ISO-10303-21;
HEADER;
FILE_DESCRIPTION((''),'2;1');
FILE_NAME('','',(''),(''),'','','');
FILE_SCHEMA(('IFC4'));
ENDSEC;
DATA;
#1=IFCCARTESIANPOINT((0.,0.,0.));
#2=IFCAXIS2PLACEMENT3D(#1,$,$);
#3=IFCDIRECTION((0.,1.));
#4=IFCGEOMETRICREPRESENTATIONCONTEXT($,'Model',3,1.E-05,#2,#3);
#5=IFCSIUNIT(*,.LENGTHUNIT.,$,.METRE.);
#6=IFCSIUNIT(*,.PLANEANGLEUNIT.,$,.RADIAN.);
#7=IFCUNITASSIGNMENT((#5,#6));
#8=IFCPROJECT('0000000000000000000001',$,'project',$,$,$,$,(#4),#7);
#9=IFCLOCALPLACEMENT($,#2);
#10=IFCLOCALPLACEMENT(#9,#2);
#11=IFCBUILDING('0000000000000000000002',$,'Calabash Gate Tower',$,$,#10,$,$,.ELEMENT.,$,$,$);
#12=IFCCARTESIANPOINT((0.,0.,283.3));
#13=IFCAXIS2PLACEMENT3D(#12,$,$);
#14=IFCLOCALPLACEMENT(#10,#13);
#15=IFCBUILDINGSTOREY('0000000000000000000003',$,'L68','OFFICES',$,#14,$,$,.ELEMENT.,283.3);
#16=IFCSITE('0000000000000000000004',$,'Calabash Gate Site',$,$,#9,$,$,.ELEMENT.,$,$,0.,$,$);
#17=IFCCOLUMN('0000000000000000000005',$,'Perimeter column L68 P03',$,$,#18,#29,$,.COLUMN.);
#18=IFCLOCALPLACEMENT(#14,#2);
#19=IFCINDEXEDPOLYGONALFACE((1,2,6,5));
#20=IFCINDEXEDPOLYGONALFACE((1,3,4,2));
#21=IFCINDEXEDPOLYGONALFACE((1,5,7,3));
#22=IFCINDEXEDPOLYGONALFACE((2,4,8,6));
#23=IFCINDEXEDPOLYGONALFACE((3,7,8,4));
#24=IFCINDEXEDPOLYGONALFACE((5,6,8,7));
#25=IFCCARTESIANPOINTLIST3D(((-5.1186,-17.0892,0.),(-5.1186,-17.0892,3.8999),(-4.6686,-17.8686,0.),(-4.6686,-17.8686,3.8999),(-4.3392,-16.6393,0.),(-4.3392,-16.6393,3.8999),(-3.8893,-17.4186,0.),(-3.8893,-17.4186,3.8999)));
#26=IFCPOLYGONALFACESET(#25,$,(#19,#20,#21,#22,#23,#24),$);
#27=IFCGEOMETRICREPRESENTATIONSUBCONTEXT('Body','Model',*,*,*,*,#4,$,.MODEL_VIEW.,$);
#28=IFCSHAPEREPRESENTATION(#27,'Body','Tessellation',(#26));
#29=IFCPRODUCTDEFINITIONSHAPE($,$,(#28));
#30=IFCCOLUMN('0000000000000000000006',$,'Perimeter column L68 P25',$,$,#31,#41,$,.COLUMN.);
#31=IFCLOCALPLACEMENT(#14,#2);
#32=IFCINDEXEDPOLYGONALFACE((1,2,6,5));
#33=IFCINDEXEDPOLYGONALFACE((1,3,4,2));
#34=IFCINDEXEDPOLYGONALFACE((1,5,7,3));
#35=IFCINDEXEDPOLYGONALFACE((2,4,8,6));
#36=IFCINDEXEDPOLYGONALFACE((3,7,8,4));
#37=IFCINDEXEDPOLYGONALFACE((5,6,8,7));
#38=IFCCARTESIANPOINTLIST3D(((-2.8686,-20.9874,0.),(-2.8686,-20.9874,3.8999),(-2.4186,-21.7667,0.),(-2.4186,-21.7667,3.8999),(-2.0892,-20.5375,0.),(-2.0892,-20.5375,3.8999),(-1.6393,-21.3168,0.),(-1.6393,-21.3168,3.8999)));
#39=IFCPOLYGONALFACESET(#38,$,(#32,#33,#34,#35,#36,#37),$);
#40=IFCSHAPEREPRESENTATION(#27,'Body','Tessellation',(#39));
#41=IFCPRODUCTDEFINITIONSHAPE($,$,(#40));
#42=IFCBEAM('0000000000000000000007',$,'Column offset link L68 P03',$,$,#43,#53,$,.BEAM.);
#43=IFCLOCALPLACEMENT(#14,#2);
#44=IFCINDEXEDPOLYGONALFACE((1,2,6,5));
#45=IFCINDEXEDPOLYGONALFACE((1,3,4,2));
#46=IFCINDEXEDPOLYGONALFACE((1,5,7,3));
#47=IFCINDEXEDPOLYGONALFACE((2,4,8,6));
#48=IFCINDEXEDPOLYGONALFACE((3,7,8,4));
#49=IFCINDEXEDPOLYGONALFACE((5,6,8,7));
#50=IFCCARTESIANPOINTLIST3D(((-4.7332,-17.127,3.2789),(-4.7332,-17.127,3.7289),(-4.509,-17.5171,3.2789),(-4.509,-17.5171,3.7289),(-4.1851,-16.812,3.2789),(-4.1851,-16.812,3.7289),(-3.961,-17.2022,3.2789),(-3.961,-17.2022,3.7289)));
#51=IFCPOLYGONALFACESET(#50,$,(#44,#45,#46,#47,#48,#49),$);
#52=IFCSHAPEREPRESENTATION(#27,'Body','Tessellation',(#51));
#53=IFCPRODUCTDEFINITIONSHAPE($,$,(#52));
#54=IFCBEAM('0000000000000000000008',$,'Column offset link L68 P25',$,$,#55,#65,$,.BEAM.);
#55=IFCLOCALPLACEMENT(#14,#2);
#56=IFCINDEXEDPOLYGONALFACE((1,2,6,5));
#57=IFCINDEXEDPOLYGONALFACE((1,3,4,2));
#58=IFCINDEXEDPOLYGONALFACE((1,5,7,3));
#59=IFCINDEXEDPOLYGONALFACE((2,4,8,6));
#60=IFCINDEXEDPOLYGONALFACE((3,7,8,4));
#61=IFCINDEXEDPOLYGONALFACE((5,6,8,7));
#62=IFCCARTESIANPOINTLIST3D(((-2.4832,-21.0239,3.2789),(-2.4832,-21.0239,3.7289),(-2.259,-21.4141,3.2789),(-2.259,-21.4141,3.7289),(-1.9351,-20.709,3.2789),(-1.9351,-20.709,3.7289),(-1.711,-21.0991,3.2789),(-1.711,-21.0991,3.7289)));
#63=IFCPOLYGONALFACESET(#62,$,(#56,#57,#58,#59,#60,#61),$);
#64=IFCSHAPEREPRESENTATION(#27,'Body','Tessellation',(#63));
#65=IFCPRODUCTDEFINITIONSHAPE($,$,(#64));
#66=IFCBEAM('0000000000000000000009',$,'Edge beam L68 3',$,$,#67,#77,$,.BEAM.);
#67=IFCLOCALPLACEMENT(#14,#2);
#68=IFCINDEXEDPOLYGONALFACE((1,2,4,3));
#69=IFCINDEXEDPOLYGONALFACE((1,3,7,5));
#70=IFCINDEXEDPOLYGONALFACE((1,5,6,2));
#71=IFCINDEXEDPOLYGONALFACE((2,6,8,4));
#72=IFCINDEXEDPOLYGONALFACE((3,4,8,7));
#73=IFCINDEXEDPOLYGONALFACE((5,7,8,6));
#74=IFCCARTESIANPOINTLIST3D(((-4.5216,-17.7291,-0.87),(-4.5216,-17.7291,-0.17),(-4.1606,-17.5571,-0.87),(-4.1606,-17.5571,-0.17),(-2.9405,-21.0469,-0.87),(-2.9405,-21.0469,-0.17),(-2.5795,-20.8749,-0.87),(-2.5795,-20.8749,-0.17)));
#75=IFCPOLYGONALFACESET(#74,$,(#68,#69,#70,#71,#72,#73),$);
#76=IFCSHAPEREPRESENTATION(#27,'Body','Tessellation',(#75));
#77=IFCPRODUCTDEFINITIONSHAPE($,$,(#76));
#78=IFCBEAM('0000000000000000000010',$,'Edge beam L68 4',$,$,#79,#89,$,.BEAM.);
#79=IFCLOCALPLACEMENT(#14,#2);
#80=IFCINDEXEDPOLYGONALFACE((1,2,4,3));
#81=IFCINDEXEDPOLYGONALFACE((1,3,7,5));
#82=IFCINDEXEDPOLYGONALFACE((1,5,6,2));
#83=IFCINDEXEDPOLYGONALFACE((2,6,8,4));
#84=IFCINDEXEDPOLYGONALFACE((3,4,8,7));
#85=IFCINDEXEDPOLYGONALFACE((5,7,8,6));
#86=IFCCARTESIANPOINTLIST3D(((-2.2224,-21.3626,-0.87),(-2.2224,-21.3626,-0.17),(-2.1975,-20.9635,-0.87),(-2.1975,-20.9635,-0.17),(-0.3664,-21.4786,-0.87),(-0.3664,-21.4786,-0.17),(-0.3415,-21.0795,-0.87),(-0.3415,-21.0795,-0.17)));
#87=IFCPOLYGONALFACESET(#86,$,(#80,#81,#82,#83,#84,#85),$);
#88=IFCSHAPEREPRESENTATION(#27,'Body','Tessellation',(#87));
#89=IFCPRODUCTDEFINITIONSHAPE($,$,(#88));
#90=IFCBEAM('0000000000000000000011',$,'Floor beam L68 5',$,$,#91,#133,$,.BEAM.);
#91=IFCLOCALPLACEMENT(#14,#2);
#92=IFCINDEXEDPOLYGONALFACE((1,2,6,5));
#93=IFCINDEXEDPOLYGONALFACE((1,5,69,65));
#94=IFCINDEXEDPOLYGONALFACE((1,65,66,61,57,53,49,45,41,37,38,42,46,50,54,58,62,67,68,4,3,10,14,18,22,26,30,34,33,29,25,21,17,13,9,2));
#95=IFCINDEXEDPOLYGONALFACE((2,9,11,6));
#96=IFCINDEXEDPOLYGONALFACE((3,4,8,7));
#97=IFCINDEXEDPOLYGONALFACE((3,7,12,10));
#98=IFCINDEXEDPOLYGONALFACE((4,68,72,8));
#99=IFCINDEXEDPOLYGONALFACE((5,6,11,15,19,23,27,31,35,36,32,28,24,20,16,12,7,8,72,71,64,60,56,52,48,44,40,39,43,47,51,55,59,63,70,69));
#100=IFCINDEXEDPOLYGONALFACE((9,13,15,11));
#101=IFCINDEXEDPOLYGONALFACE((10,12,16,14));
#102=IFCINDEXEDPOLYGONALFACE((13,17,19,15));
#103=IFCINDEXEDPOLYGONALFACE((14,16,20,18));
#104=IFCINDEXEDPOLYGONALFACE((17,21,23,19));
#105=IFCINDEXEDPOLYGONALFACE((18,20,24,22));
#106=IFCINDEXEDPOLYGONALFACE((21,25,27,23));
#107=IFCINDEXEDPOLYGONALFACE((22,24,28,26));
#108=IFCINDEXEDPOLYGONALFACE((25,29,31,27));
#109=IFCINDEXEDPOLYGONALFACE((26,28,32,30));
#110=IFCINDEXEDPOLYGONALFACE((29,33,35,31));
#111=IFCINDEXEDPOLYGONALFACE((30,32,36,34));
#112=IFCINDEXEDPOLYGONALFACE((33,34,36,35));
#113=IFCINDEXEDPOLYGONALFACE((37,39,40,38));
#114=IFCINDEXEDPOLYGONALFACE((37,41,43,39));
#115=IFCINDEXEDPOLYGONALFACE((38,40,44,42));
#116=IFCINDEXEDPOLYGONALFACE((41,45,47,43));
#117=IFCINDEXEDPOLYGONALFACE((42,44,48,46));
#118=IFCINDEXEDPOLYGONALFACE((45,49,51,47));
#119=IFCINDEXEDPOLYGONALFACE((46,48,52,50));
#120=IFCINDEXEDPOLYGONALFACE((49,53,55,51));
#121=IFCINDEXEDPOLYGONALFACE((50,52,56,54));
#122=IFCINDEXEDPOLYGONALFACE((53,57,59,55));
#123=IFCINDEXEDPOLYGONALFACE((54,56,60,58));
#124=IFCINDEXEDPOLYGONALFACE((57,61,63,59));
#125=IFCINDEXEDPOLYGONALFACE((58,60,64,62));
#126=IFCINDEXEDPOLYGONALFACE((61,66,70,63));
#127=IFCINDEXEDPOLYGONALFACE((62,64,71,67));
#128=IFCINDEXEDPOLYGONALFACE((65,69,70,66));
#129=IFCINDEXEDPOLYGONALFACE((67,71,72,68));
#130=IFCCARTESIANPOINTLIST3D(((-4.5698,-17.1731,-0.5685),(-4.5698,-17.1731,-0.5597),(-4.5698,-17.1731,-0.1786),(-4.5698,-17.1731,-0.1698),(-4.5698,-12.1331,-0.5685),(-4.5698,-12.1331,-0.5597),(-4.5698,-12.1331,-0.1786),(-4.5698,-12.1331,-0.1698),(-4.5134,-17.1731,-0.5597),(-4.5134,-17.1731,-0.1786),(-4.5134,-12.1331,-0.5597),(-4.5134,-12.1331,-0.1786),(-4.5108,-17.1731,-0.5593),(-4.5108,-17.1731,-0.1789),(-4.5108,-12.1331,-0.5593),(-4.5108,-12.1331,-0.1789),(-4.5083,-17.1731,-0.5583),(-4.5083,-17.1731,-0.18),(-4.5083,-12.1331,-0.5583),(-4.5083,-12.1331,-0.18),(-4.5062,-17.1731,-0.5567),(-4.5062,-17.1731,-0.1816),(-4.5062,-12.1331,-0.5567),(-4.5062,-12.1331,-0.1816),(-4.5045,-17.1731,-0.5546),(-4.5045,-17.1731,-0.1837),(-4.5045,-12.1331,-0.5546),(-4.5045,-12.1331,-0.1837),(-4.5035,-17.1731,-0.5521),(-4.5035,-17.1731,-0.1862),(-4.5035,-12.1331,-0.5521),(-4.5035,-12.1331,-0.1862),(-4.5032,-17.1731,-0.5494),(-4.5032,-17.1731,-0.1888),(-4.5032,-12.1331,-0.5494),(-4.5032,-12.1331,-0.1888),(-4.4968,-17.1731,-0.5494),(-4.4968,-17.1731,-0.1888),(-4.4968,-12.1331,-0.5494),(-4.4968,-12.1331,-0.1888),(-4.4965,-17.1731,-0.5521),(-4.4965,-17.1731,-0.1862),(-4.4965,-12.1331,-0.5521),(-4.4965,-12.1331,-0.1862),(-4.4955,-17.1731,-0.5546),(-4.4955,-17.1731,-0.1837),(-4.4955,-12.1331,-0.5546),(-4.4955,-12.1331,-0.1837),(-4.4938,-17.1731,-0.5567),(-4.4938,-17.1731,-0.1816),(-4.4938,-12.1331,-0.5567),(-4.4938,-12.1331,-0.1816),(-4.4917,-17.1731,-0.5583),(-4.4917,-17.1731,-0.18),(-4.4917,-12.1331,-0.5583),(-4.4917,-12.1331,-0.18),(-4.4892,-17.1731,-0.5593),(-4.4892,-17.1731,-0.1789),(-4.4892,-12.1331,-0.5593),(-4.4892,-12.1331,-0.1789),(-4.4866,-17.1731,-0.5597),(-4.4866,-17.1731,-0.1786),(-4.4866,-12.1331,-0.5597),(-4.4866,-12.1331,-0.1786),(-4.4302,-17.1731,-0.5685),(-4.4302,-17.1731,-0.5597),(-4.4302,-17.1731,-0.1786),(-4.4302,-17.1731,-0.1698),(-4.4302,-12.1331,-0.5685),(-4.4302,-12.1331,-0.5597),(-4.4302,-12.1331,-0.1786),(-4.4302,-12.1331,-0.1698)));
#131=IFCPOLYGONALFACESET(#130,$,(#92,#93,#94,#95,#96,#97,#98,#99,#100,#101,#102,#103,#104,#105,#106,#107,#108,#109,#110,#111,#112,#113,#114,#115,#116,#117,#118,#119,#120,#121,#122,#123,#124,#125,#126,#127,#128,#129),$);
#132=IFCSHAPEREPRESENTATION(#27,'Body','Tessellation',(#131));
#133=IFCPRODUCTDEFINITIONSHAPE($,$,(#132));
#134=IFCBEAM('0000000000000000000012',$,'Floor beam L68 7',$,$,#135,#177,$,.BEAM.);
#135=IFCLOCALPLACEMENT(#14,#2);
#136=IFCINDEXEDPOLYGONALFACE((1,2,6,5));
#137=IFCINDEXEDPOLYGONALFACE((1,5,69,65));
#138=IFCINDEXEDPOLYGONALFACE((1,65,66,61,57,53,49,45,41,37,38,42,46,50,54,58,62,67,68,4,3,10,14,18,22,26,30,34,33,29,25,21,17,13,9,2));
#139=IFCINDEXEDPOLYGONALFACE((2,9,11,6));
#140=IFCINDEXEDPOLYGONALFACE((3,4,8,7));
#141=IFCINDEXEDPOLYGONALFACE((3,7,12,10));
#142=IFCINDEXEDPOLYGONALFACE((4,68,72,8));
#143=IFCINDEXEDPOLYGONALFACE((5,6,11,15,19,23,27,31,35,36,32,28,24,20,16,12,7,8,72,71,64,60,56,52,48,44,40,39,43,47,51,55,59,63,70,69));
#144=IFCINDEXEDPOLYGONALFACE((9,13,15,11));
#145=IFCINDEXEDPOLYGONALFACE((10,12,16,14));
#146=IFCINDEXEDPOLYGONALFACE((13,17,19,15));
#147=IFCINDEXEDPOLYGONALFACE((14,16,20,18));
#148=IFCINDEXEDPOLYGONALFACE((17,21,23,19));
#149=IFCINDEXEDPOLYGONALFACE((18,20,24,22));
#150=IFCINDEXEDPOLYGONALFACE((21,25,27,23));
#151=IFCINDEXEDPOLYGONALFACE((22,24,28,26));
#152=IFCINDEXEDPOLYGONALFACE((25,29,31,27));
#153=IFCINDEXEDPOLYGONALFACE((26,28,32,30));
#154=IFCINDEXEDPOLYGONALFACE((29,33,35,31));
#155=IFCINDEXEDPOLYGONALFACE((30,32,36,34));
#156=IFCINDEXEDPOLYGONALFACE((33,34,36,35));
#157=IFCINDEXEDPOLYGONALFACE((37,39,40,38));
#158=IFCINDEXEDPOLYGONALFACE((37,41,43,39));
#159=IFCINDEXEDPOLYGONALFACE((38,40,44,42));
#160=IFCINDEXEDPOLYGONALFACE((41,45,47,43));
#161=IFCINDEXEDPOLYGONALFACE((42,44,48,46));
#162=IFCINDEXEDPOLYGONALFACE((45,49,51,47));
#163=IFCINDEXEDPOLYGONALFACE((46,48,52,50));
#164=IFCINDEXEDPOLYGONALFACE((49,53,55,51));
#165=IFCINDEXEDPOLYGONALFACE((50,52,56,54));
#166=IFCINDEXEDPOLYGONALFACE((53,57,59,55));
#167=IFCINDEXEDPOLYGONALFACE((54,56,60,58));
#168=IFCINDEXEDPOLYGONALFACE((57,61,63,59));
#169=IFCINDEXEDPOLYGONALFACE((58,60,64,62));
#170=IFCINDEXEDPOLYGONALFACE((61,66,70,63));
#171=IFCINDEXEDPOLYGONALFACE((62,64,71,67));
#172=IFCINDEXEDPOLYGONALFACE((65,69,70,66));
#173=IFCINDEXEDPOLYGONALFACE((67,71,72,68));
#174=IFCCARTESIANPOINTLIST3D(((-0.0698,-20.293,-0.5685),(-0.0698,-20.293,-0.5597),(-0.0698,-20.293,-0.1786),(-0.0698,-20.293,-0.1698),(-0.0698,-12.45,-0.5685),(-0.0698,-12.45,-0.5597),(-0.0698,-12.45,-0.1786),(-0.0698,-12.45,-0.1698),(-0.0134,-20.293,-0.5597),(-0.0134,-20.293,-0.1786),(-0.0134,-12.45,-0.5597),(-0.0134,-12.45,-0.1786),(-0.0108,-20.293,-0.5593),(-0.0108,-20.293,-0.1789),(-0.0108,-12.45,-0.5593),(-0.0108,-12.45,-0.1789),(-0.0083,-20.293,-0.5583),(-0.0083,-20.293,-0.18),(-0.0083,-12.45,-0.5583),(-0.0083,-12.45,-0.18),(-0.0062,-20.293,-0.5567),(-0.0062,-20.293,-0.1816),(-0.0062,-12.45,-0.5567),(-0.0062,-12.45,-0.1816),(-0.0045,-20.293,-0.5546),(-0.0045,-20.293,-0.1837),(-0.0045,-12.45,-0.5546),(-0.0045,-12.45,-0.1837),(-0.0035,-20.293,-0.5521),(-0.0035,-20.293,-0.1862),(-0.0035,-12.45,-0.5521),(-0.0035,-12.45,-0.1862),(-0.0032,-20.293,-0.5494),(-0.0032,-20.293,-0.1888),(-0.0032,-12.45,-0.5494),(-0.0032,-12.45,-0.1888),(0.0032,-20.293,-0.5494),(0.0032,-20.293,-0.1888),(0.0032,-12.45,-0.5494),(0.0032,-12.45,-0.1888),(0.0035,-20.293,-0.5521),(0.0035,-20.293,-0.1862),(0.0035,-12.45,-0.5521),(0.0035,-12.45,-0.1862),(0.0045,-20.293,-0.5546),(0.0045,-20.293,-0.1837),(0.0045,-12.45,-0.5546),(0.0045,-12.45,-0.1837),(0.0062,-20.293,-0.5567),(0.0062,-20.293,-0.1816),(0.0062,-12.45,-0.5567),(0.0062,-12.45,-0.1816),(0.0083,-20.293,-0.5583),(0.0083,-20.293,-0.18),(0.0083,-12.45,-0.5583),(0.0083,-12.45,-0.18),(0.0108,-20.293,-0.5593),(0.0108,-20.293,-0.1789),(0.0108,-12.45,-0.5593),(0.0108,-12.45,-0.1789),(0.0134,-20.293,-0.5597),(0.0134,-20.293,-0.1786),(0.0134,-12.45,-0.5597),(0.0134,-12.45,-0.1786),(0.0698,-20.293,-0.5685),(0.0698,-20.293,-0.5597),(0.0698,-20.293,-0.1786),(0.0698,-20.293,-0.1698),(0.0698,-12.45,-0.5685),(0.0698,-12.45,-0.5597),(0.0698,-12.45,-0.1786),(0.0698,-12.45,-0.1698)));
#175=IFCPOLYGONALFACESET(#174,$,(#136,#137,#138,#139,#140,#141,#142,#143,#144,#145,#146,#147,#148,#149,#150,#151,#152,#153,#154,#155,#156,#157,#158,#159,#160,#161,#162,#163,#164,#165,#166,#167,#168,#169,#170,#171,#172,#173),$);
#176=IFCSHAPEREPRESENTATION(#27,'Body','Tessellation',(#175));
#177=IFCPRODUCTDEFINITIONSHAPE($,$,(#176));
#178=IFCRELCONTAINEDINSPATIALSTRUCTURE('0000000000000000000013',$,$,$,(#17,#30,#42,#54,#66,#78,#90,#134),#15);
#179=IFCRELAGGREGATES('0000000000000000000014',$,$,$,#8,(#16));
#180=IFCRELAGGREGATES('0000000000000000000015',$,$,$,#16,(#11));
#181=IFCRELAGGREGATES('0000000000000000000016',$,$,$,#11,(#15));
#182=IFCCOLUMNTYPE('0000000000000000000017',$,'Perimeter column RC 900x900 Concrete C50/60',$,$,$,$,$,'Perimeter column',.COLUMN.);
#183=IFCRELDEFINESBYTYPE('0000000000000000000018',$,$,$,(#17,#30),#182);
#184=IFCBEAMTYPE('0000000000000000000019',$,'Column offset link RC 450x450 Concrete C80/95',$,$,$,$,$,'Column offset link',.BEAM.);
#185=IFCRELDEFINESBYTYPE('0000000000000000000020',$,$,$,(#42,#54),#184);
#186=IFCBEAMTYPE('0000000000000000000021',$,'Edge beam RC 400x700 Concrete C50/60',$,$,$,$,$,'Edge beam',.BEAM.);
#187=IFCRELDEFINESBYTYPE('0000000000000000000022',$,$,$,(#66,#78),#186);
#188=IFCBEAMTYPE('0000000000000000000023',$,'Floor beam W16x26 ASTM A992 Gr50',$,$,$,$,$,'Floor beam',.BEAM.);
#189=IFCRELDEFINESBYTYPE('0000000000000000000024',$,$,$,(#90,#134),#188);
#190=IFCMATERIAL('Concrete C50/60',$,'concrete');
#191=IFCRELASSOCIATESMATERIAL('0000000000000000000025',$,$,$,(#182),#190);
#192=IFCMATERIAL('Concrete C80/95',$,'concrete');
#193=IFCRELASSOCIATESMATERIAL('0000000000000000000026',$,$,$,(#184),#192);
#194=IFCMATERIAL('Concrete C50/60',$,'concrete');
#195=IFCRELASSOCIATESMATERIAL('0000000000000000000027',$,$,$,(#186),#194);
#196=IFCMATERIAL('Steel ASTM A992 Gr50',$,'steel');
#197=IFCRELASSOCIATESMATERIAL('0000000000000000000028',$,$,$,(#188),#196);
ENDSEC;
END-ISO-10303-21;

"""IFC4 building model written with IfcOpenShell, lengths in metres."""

from ifc_helpers import new_model, si_unit, direction, frame, origin, origin_2d, place, context, subcontext, project, spatial, rectangle, i_section, extrude, material, material_profile, profile_set, type_object, element, save


model = new_model("IFC4")

# Units and contexts
model_context = context("Model", 3, precision=1e-05, world=origin(), true_north=direction((0.0, 1.0)))
body_context = subcontext(model_context, "Body", "Model", "MODEL_VIEW")
ifc_project = project(units=[si_unit("LENGTHUNIT", "METRE"), si_unit("PLANEANGLEUNIT", "RADIAN")], contexts=[model_context])

# Site, building, storey
site_placement = place(None, origin())
site = spatial("IfcSite", under=ifc_project, at=site_placement, Name="Calabash Gate Site", CompositionType="ELEMENT", RefElevation=0.0)
building_placement = place(site_placement, origin())
building = spatial("IfcBuilding", under=site, at=building_placement, Name="Calabash Gate Tower", CompositionType="ELEMENT")
storey_placement = place(building_placement, frame((0.0, 0.0, 283.3)))
storey = spatial("IfcBuildingStorey", under=building, at=storey_placement, Name="L68", Description="OFFICES", CompositionType="ELEMENT", Elevation=283.3)

# Columns
ifc_material_1 = material(Name="Concrete C50/60", Category="concrete")
ifc_material_profile_1 = material_profile(ifc_material_1, rectangle(XDim=0.8999, YDim=0.8999, at=origin_2d()))
ifc_profile_set_1 = profile_set([ifc_material_profile_1], Name="Concrete C50/60")
column_type = type_object("IfcColumnType", Name="Perimeter column RC 900x900 Concrete C50/60", ElementType="Perimeter column", PredefinedType="COLUMN", material=ifc_profile_set_1)
for number, where, z_axis, x_axis, name in (
    (1, (-4.5039, -17.2539, 0.0), (0.0, 0.0, 1.0), (0.5, -0.866025, 0.0), "Perimeter column L68 P03"),
    (2, (-2.2539, -21.1521, 0.0), (0.0, 0.0, 1.0), (0.5, -0.866025, 0.0), "Perimeter column L68 P25"),
):
    element("IfcColumn", number, at=place(storey_placement, frame(where, z_axis=z_axis, x_axis=x_axis)), inside=storey, type_object=column_type, Name=name, PredefinedType="COLUMN", context=body_context, shape_type="SweptSolid", body=[
        extrude(rectangle(XDim=0.8999, YDim=0.8999, at=origin_2d()), origin(), (0.0, 0.0, 1.0), 3.8999),
    ])

# Beams
ifc_material_2 = material(Name="Concrete C80/95", Category="concrete")
ifc_material_profile_2 = material_profile(ifc_material_2, rectangle(XDim=0.45, YDim=0.45, at=origin_2d()))
ifc_profile_set_2 = profile_set([ifc_material_profile_2], Name="Concrete C80/95")
beam_type_1 = type_object("IfcBeamType", Name="Column offset link RC 450x450 Concrete C80/95", ElementType="Column offset link", PredefinedType="BEAM", material=ifc_profile_set_2)
for number, where, z_axis, x_axis, name in (
    (3, (-4.6211, -17.322, 3.5039), (0.867052, 0.498217, 0.0), (-0.498217, 0.867052, 0.0), "Column offset link L68 P03"),
    (4, (-2.3711, -21.219, 3.5039), (0.867052, 0.498217, 0.0), (-0.498217, 0.867052, 0.0), "Column offset link L68 P25"),
):
    element("IfcBeam", number, at=place(storey_placement, frame(where, z_axis=z_axis, x_axis=x_axis)), inside=storey, type_object=beam_type_1, Name=name, PredefinedType="BEAM", context=body_context, shape_type="SweptSolid", body=[
        extrude(rectangle(XDim=0.45, YDim=0.45, at=origin_2d()), origin(), (0.0, 0.0, 1.0), 0.6321),
    ])
ifc_material_3 = material(Name="Concrete C50/60", Category="concrete")
ifc_material_profile_3 = material_profile(ifc_material_3, rectangle(XDim=0.3999, YDim=0.7, at=origin_2d()))
ifc_profile_set_3 = profile_set([ifc_material_profile_3], Name="Concrete C50/60")
beam_type_2 = type_object("IfcBeamType", Name="Edge beam RC 400x700 Concrete C50/60", ElementType="Edge beam", PredefinedType="BEAM", material=ifc_profile_set_3)
beam_1_placement = place(storey_placement, frame((-4.3411, -17.6431, -0.52), z_axis=(0.430181, -0.902743, 0.0), x_axis=(0.902743, 0.430181, 0.0)))
element("IfcBeam", 5, at=beam_1_placement, inside=storey, type_object=beam_type_2, Name="Edge beam L68 3", PredefinedType="BEAM", context=body_context, shape_type="SweptSolid", body=[
    extrude(rectangle(XDim=0.3999, YDim=0.7, at=origin_2d()), origin(), (0.0, 0.0, 1.0), 3.6753),
])
beam_2_placement = place(storey_placement, frame((-2.21, -21.1631, -0.52), z_axis=(0.998054, -0.062362, 0.0), x_axis=(0.062362, 0.998054, 0.0)))
element("IfcBeam", 6, at=beam_2_placement, inside=storey, type_object=beam_type_2, Name="Edge beam L68 4", PredefinedType="BEAM", context=body_context, shape_type="SweptSolid", body=[
    extrude(rectangle(XDim=0.3999, YDim=0.7, at=origin_2d()), origin(), (0.0, 0.0, 1.0), 1.8596),
])
ifc_material_4 = material(Name="Steel ASTM A992 Gr50", Category="steel")
ifc_material_profile_4 = material_profile(ifc_material_4, i_section(OverallWidth=0.1396, OverallDepth=0.3987, WebThickness=0.0063, FlangeThickness=0.0088, FilletRadius=0.0103, at=origin_2d()))
ifc_profile_set_4 = profile_set([ifc_material_profile_4], Name="Steel ASTM A992 Gr50")
beam_type_3 = type_object("IfcBeamType", Name="Floor beam W16x26 ASTM A992 Gr50", ElementType="Floor beam", PredefinedType="BEAM", material=ifc_profile_set_4)
beam_3_placement = place(storey_placement, frame((-4.5, -17.1731, -0.3691), z_axis=(0.0, 1.0, 0.0), x_axis=(-1.0, 0.0, 0.0)))
element("IfcBeam", 7, at=beam_3_placement, inside=storey, type_object=beam_type_3, Name="Floor beam L68 5", PredefinedType="BEAM", context=body_context, shape_type="SweptSolid", body=[
    extrude(i_section(OverallWidth=0.1396, OverallDepth=0.3987, WebThickness=0.0063, FlangeThickness=0.0088, FilletRadius=0.0103, at=origin_2d()), origin(), (0.0, 0.0, 1.0), 5.04),
])
beam_4_placement = place(storey_placement, frame((0.0, -20.293, -0.3691), z_axis=(0.0, 1.0, 0.0), x_axis=(-1.0, 0.0, 0.0)))
element("IfcBeam", 8, at=beam_4_placement, inside=storey, type_object=beam_type_3, Name="Floor beam L68 7", PredefinedType="BEAM", context=body_context, shape_type="SweptSolid", body=[
    extrude(i_section(OverallWidth=0.1396, OverallDepth=0.3987, WebThickness=0.0063, FlangeThickness=0.0088, FilletRadius=0.0103, at=origin_2d()), origin(), (0.0, 0.0, 1.0), 7.843),
])

save(model, "model.ifc")
